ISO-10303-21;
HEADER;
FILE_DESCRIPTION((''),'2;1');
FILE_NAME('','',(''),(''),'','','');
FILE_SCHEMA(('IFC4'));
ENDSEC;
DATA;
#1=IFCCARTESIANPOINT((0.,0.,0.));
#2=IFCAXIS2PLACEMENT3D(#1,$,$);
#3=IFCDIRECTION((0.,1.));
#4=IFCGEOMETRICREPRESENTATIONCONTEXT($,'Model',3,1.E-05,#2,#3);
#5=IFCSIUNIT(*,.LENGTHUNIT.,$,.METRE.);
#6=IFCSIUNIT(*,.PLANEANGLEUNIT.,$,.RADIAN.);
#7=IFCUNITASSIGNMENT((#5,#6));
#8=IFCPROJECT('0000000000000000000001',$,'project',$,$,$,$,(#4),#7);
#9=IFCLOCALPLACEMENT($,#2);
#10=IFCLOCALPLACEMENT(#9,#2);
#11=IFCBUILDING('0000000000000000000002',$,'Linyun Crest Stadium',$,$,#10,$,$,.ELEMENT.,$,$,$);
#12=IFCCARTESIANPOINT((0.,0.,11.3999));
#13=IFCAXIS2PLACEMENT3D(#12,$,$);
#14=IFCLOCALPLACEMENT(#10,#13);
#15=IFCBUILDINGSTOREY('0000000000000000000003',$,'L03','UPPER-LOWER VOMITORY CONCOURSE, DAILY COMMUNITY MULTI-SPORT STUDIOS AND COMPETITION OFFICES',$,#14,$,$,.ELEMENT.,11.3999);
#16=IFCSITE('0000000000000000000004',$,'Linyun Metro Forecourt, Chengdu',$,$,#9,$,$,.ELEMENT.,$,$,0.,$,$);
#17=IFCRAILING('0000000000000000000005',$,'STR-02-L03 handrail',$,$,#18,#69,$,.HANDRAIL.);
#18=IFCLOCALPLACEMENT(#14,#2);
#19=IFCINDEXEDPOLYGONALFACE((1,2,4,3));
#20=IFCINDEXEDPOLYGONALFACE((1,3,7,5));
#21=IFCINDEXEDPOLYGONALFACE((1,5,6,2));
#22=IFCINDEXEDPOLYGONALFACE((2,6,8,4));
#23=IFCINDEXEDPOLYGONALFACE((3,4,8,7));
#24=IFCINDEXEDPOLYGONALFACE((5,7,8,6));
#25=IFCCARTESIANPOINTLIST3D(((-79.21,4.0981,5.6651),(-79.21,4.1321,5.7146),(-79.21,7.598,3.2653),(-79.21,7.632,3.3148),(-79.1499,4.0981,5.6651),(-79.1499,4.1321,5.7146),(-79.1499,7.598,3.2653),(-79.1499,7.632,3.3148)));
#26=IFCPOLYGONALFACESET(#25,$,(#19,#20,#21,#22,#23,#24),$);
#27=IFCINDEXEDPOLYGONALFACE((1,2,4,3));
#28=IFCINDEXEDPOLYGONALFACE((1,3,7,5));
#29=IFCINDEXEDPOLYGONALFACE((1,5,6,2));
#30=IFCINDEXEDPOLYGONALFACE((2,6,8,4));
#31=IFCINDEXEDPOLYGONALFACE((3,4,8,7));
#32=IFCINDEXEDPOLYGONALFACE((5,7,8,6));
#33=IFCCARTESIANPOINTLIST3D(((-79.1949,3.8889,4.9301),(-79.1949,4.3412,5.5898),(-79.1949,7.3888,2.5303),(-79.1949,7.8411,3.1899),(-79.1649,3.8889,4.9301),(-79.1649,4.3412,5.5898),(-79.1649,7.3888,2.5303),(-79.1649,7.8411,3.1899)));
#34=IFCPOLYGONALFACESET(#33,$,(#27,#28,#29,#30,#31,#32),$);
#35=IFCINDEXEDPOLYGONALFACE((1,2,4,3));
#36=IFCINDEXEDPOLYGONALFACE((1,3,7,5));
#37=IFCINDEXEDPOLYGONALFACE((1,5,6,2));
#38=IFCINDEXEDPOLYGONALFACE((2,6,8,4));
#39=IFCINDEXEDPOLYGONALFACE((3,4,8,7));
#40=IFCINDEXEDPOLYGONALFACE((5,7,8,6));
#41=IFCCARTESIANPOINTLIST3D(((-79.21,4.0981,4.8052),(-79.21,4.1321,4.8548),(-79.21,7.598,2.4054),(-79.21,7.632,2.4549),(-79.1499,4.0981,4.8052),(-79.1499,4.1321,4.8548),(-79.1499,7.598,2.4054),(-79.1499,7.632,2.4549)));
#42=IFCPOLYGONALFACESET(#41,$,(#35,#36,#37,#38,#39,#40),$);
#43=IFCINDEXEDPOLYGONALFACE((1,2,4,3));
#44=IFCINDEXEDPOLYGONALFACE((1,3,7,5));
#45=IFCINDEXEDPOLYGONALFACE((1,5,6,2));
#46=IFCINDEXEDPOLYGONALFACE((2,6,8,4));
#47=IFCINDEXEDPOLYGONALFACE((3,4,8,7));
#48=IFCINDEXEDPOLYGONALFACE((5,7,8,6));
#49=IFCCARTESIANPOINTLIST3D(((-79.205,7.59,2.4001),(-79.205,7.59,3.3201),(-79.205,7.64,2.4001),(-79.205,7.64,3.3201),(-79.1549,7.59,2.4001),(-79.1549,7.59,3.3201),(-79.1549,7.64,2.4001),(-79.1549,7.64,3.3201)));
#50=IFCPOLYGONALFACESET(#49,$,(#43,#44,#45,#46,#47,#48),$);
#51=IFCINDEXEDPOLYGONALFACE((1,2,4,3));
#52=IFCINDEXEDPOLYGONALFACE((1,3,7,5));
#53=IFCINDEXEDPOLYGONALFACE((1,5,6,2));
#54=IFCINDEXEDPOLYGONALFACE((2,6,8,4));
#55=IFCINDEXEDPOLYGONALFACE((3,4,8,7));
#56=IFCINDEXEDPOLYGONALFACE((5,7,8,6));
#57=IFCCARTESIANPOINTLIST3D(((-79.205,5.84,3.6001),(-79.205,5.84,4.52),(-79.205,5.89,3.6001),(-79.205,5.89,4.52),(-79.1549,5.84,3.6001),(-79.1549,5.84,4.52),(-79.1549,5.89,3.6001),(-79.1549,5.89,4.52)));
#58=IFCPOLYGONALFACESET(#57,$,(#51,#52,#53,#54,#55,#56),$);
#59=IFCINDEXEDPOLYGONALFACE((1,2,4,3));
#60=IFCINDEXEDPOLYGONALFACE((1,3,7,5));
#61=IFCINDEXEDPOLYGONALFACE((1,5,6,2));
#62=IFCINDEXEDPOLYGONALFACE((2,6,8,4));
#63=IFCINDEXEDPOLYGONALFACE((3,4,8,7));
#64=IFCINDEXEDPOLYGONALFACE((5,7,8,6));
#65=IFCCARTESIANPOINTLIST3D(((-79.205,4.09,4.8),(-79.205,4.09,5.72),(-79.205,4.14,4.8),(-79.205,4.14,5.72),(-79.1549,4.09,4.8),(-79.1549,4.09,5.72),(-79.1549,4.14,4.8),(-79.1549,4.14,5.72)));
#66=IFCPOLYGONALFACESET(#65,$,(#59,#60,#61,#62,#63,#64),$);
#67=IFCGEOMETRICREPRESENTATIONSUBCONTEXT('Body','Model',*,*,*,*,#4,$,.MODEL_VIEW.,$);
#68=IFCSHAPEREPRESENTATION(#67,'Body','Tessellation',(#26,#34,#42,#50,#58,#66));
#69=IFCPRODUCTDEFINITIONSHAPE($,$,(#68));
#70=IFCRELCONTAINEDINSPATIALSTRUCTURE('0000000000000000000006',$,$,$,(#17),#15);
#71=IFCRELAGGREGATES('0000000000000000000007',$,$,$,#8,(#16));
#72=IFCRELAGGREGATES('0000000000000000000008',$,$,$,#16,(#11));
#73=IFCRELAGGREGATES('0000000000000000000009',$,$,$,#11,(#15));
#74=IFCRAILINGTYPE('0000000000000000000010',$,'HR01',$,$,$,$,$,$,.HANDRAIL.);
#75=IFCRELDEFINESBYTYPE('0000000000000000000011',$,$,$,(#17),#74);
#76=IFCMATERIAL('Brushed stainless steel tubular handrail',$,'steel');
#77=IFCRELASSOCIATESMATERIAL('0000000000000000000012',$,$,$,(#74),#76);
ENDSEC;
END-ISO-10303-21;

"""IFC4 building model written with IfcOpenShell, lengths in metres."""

from ifc_helpers import new_model, si_unit, direction, frame, origin, origin_2d, place, context, subcontext, project, spatial, rectangle, extrude, material, type_object, element, save


model = new_model("IFC4")

# Units and contexts
model_context = context("Model", 3, precision=1e-05, world=origin(), true_north=direction((0.0, 1.0)))
body_context = subcontext(model_context, "Body", "Model", "MODEL_VIEW")
ifc_project = project(units=[si_unit("LENGTHUNIT", "METRE"), si_unit("PLANEANGLEUNIT", "RADIAN")], contexts=[model_context])

# Site, building, storey
site_placement = place(None, origin())
site = spatial("IfcSite", under=ifc_project, at=site_placement, Name="Linyun Metro Forecourt, Chengdu", CompositionType="ELEMENT", RefElevation=0.0)
building_placement = place(site_placement, origin())
building = spatial("IfcBuilding", under=site, at=building_placement, Name="Linyun Crest Stadium", CompositionType="ELEMENT")
storey_placement = place(building_placement, frame((0.0, 0.0, 11.3999)))
storey = spatial("IfcBuildingStorey", under=building, at=storey_placement, Name="L03", Description="UPPER-LOWER VOMITORY CONCOURSE, DAILY COMMUNITY MULTI-SPORT STUDIOS AND COMPETITION OFFICES", CompositionType="ELEMENT", Elevation=11.3999)

# Railing
ifc_material_1 = material(Name="Brushed stainless steel tubular handrail", Category="steel")
railing_type_1 = type_object("IfcRailingType", Name="HR01", PredefinedType="HANDRAIL", material=ifc_material_1)
railing_1_placement = place(storey_placement, frame((-79.1799, 7.615, 2.4001)))
element("IfcRailing", 1, at=railing_1_placement, inside=storey, type_object=railing_type_1, Name="STR-02-L03 handrail", PredefinedType="HANDRAIL", context=body_context, shape_type="SweptSolid", body=[
    extrude(rectangle(XDim=0.0601, YDim=0.0601, at=origin_2d()), frame((0.0, 0.0, 0.8899), z_axis=(0.0, -0.82474, 0.565513), x_axis=(1.0, 0.0, 0.0)), (0.0, 0.0, 1.0), 4.2437),
    extrude(rectangle(XDim=0.03, YDim=0.7998, at=origin_2d()), frame((0.0, 0.0, 0.46), z_axis=(0.0, -0.82474, 0.565513), x_axis=(1.0, 0.0, 0.0)), (0.0, 0.0, 1.0), 4.2437),
    extrude(rectangle(XDim=0.0601, YDim=0.0601, at=origin_2d()), frame((0.0, 0.0, 0.03), z_axis=(0.0, -0.82474, 0.565513), x_axis=(1.0, 0.0, 0.0)), (0.0, 0.0, 1.0), 4.2437),
    extrude(rectangle(XDim=0.05, YDim=0.05, at=origin_2d()), origin(), (0.0, 0.0, 1.0), 0.9199),
    extrude(rectangle(XDim=0.05, YDim=0.05, at=origin_2d()), frame((0.0, -1.75, 1.2)), (0.0, 0.0, 1.0), 0.9199),
    extrude(rectangle(XDim=0.05, YDim=0.05, at=origin_2d()), frame((0.0, -3.5, 2.3999)), (0.0, 0.0, 1.0), 0.9199),
])

save(model, "model.ifc")
